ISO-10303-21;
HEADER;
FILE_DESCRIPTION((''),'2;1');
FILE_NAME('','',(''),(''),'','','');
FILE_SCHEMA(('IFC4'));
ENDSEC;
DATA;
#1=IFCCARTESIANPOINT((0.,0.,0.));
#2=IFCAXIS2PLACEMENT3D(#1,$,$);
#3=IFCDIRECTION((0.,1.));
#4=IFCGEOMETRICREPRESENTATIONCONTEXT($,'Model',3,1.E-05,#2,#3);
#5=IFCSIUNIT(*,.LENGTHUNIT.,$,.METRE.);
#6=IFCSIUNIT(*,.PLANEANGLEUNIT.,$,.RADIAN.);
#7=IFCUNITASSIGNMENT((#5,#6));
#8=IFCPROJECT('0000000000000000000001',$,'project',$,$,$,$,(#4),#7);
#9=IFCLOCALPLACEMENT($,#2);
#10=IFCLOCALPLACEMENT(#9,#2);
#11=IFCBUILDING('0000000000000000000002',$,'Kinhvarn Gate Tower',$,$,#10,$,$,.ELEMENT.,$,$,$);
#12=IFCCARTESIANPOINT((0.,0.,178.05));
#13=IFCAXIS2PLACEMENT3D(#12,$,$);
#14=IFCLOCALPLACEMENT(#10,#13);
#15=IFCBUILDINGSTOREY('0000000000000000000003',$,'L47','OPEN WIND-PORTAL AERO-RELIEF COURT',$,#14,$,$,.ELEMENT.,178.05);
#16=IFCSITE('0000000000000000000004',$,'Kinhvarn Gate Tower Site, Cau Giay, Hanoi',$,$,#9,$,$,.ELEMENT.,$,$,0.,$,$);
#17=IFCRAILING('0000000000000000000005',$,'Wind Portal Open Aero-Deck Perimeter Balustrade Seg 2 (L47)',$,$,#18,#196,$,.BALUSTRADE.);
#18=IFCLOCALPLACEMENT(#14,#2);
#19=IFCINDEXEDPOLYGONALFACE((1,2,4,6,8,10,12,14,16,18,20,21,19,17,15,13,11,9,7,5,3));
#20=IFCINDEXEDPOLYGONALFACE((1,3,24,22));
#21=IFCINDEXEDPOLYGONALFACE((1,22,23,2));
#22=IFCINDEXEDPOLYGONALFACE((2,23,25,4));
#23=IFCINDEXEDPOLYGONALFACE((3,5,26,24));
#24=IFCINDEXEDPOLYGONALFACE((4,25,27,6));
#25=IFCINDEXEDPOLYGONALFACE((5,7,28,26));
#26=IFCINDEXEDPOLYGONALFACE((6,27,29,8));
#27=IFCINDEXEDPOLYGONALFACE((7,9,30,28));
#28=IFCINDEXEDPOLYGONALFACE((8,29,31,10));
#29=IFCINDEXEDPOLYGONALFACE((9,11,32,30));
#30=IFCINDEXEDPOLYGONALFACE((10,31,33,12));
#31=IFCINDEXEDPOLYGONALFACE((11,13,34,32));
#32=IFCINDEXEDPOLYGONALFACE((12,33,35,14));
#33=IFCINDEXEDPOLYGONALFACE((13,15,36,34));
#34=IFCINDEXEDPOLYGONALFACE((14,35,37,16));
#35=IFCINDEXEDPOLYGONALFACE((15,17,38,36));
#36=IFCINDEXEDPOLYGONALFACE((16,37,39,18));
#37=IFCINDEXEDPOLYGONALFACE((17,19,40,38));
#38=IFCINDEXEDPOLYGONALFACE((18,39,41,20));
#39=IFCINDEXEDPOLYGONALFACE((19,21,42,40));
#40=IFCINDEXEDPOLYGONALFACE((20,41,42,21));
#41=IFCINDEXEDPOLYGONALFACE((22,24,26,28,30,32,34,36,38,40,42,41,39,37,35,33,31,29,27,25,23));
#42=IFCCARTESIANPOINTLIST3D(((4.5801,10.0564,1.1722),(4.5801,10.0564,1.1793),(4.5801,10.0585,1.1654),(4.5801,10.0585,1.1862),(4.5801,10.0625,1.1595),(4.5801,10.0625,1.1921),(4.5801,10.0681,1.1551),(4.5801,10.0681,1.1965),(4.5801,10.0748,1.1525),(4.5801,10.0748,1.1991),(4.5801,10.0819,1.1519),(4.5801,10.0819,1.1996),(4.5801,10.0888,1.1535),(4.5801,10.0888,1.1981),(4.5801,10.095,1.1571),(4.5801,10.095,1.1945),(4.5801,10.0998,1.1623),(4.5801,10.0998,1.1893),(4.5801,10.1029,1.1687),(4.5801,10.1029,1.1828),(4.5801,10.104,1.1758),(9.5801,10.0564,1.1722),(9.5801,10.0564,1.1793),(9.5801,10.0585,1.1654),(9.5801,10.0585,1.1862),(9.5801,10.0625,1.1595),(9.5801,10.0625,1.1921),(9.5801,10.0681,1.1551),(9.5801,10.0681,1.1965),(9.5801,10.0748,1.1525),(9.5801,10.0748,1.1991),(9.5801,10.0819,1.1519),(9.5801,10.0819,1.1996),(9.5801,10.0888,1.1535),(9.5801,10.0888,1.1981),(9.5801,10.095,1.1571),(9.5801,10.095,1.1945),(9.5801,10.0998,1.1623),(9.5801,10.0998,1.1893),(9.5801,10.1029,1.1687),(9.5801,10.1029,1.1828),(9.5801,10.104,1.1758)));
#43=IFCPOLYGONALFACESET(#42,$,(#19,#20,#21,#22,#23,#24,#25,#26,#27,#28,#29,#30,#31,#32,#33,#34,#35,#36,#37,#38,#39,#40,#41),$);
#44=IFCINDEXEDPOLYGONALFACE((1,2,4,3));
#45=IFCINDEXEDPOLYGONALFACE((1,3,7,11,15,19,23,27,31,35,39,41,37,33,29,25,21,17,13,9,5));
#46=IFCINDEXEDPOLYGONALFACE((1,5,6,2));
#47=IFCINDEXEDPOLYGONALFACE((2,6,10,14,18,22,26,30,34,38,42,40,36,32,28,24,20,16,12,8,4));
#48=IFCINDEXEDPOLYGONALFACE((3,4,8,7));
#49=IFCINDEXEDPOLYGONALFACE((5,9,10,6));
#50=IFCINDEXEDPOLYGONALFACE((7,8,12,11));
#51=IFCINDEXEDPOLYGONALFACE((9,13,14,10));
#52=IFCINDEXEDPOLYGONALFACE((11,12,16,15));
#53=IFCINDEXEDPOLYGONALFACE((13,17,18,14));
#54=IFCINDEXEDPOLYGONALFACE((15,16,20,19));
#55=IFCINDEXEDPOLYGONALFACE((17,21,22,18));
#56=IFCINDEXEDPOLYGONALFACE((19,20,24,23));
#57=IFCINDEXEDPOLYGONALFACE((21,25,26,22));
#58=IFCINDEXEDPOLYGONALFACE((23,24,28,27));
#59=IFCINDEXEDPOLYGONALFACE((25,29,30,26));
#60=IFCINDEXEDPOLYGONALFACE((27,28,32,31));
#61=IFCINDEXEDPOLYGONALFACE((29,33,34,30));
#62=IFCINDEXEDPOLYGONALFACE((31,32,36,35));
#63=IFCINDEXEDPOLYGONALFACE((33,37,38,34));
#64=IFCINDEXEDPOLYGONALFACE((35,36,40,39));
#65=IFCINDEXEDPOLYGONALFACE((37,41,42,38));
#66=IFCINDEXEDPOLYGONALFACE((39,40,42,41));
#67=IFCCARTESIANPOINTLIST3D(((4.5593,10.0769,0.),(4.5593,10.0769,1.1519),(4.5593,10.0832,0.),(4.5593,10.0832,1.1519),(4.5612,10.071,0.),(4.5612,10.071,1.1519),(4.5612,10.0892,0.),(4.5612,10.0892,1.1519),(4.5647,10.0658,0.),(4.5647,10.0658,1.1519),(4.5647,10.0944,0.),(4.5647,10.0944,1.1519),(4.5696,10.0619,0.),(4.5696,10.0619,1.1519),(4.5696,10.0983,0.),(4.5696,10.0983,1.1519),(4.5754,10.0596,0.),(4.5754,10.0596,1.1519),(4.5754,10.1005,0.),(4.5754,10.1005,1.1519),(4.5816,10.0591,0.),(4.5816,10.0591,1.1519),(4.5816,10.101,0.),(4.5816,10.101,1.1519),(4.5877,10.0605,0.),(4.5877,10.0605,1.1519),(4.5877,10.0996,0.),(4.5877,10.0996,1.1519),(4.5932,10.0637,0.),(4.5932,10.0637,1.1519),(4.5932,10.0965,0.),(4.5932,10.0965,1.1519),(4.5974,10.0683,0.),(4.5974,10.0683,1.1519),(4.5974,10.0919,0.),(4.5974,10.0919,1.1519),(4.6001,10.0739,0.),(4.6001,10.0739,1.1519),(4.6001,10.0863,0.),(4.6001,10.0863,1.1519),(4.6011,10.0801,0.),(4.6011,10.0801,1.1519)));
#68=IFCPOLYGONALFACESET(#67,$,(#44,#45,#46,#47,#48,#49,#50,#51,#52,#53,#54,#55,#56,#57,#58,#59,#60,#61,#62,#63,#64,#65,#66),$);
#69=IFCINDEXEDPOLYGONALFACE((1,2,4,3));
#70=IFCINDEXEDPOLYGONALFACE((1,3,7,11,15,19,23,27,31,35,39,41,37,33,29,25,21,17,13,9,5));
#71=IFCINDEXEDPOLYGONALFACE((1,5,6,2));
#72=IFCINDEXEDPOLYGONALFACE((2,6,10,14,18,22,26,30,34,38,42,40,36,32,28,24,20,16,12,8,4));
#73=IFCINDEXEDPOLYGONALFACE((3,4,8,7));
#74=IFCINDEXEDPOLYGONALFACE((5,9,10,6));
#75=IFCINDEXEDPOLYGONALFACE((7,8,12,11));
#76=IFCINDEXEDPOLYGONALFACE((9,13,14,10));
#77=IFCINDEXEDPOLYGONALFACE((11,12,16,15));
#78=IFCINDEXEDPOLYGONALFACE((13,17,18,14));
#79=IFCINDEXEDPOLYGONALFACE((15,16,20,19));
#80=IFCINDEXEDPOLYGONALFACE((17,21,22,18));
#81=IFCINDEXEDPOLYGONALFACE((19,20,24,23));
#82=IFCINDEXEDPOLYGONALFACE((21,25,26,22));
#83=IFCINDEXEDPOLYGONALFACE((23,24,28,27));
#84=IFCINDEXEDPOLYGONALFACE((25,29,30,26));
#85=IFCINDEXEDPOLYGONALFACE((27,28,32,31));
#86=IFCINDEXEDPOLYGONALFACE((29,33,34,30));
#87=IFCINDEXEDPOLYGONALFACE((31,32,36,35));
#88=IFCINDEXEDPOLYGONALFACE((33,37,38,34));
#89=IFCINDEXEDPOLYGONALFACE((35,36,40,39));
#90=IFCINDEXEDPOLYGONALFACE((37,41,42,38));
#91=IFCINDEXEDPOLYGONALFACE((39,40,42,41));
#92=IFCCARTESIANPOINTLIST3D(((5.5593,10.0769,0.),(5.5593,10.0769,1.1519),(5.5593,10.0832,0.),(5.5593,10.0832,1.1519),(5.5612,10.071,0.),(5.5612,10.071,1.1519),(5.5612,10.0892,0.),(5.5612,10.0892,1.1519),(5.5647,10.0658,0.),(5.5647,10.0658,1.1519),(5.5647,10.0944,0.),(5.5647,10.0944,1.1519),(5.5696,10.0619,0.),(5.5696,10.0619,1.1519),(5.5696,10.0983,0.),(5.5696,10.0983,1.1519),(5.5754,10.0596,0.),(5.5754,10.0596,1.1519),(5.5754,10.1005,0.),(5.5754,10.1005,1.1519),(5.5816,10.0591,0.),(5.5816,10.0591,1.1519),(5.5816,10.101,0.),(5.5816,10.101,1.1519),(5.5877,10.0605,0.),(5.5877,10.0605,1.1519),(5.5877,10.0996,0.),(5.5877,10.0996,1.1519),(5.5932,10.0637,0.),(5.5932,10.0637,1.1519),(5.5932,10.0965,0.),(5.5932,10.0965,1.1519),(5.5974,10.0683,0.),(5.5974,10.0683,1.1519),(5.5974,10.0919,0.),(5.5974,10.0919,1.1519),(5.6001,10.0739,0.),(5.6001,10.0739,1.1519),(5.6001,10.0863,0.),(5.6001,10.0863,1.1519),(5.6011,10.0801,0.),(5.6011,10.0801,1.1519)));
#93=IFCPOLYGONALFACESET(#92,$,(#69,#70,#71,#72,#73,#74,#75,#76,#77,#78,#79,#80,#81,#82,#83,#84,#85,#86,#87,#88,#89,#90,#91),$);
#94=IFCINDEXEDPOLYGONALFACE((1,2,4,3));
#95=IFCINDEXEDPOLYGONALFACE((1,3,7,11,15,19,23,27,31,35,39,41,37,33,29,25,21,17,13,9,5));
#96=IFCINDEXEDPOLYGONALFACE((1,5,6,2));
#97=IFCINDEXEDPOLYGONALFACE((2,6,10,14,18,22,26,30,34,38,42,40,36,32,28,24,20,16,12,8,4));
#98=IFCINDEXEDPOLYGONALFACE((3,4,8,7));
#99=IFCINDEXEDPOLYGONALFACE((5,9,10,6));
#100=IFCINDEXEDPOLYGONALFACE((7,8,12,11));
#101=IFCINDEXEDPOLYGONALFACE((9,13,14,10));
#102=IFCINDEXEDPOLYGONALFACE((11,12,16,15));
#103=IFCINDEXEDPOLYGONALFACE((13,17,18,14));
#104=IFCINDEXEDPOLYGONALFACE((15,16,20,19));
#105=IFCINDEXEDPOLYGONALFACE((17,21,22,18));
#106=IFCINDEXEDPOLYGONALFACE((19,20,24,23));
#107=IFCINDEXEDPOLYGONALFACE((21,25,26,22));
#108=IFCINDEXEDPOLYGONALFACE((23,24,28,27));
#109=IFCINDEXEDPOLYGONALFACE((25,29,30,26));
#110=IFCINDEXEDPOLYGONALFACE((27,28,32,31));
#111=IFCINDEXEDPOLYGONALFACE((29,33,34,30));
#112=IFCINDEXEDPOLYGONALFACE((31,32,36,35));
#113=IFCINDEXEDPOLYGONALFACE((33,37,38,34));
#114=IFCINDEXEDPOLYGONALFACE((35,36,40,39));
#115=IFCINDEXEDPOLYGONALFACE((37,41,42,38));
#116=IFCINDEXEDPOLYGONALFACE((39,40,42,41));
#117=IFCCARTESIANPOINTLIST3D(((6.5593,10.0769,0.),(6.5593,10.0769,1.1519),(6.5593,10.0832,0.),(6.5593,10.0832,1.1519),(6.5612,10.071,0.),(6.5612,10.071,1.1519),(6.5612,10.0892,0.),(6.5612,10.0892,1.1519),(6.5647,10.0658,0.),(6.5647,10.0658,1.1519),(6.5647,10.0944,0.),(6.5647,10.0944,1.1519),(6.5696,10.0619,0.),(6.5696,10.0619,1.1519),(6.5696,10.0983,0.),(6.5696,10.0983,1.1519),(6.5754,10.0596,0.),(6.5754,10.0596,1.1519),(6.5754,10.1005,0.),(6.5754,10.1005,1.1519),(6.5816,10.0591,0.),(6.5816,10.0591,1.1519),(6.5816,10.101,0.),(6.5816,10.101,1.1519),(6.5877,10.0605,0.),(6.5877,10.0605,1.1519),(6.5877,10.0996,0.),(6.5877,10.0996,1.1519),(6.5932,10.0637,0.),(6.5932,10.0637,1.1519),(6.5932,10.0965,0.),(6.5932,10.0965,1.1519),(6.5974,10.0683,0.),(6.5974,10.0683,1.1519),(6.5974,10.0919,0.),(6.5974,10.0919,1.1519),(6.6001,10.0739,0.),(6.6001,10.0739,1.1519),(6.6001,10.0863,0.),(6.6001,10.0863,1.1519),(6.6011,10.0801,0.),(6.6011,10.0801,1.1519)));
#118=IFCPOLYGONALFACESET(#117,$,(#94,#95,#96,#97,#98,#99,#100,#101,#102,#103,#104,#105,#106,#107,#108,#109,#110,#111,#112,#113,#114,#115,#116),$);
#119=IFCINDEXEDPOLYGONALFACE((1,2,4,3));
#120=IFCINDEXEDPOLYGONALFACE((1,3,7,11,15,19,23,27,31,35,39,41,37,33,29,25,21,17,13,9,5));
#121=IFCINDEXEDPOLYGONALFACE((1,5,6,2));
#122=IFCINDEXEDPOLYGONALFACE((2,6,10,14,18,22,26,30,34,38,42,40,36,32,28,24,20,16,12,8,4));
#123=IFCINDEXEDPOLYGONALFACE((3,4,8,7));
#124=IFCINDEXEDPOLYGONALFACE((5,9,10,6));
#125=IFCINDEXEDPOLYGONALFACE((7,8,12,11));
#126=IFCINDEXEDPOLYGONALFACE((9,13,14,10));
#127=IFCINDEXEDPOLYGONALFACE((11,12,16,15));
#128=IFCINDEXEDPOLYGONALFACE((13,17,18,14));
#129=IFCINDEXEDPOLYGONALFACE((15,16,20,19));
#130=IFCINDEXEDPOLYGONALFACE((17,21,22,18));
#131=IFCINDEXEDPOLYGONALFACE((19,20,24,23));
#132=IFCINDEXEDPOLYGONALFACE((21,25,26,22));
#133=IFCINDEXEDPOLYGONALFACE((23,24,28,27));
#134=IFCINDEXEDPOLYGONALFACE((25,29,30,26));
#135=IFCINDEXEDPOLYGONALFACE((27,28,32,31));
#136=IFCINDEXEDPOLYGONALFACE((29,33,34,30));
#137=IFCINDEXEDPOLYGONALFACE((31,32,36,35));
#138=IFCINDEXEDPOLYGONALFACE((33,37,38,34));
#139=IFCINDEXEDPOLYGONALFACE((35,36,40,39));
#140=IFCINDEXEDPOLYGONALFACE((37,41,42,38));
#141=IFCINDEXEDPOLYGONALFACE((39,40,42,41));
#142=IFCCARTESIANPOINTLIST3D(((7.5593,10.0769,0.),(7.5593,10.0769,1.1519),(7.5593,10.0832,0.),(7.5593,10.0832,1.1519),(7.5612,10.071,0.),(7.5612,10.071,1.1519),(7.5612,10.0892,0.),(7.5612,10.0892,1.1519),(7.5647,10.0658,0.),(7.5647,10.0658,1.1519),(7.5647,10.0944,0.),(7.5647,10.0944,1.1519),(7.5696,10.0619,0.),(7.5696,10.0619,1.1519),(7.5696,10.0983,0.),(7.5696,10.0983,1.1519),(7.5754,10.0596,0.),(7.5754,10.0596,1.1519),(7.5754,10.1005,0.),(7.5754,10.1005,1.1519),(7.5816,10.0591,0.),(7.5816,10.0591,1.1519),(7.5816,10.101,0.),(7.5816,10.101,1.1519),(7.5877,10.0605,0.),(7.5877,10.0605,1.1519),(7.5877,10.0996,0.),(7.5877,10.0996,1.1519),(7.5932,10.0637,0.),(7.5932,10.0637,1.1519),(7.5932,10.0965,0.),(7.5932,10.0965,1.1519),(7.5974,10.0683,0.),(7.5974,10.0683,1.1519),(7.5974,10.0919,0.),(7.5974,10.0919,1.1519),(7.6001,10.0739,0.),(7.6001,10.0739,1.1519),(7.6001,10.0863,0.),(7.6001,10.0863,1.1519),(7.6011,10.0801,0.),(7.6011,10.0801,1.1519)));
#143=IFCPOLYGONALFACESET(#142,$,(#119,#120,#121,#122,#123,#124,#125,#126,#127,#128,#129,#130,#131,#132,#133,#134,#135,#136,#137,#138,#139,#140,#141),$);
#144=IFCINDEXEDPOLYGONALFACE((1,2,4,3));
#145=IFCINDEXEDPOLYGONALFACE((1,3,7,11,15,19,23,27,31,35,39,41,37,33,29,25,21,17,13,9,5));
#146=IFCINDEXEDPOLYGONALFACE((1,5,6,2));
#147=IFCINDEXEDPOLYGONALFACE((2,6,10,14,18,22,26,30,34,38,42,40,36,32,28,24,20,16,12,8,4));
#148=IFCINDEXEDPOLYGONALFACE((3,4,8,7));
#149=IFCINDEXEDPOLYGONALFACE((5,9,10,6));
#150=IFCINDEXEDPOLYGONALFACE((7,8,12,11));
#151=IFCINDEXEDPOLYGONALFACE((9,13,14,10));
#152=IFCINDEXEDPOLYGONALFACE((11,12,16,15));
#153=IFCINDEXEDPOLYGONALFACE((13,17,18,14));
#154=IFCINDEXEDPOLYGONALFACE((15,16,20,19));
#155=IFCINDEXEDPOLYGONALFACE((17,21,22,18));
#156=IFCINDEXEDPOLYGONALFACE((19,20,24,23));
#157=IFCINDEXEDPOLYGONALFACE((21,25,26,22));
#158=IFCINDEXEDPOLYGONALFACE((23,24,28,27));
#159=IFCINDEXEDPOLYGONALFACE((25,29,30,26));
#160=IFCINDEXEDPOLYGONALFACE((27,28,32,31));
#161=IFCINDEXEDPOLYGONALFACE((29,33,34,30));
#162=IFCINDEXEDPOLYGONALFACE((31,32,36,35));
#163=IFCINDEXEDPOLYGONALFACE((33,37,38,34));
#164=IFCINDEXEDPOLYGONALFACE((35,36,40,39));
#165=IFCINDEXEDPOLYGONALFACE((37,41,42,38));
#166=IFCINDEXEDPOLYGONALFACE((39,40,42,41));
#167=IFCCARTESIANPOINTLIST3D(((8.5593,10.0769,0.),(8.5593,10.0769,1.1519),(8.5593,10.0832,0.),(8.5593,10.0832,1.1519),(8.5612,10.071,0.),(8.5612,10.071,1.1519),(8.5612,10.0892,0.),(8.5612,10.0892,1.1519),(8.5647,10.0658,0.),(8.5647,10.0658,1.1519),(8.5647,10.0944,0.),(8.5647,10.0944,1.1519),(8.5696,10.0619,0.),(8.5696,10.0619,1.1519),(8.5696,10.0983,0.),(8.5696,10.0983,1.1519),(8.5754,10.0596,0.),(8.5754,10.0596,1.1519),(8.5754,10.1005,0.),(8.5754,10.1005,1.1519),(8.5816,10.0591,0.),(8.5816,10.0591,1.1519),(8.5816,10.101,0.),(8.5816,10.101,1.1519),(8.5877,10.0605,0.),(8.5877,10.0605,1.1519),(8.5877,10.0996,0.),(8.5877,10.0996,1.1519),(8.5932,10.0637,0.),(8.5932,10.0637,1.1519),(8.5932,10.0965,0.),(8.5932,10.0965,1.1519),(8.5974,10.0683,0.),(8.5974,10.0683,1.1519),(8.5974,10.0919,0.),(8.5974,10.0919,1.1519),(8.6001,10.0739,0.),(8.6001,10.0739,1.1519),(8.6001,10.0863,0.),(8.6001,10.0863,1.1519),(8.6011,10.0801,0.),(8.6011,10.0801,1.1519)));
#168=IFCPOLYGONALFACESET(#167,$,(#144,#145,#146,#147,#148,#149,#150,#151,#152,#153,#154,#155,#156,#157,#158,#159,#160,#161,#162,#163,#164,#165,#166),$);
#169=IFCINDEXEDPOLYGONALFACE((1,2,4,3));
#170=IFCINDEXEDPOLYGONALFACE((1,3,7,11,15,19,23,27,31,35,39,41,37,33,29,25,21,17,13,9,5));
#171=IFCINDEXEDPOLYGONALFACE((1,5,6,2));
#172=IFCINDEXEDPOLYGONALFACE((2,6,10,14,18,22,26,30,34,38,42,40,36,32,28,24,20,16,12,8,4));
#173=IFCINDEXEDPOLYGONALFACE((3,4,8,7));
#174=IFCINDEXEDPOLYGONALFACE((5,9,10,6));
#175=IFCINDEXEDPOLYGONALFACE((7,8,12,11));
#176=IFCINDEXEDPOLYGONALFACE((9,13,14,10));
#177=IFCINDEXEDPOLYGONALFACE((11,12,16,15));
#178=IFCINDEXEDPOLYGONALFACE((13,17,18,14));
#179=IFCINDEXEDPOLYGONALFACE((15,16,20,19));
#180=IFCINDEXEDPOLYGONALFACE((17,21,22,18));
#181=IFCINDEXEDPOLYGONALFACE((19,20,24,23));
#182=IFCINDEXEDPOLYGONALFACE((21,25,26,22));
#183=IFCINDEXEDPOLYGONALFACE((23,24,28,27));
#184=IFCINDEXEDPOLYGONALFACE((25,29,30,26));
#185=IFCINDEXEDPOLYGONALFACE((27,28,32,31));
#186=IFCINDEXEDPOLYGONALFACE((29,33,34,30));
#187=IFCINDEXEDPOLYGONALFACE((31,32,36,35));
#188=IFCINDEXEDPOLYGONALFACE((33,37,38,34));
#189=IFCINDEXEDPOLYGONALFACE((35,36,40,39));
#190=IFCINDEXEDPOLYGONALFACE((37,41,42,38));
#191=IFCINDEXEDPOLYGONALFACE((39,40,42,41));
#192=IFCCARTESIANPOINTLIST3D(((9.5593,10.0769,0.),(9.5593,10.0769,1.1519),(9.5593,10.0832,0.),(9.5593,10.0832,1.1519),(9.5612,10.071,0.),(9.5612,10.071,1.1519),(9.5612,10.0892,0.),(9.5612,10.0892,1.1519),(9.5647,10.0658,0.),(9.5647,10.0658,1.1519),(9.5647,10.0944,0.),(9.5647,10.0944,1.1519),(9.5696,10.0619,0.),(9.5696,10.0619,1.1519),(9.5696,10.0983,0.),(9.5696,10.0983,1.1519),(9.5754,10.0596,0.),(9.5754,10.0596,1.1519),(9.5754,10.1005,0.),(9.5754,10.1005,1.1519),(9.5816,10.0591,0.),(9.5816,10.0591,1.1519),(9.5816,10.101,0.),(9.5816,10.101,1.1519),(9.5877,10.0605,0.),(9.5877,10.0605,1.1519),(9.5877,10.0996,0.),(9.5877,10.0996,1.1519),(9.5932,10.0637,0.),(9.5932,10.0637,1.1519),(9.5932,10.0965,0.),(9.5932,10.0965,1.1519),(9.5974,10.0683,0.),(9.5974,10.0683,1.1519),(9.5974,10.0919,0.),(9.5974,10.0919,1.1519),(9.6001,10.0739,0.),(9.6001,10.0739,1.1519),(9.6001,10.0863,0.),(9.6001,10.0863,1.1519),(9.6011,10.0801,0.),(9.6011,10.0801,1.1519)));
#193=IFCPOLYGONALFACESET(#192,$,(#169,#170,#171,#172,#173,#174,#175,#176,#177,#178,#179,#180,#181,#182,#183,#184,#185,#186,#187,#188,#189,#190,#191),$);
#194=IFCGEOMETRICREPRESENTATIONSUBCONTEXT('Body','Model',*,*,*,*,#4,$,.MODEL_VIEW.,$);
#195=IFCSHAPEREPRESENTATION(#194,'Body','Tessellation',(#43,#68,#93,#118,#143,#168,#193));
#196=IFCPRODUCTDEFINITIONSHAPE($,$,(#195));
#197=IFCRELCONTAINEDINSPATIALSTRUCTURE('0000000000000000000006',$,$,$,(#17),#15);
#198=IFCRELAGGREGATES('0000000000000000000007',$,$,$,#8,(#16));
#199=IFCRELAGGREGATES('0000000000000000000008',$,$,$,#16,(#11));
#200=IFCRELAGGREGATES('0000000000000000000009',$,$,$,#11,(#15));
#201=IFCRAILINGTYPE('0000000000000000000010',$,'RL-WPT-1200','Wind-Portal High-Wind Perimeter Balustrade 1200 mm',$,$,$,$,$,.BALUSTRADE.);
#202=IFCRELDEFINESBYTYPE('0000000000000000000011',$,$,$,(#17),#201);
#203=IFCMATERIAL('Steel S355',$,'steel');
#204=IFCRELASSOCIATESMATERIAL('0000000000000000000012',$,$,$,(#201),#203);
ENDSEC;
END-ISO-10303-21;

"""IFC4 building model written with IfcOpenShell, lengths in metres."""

from ifc_helpers import new_model, si_unit, direction, frame, origin, origin_2d, place, context, subcontext, project, spatial, circle, extrude, material, type_object, element, save


model = new_model("IFC4")

# Units and contexts
model_context = context("Model", 3, precision=1e-05, world=origin(), true_north=direction((0.0, 1.0)))
body_context = subcontext(model_context, "Body", "Model", "MODEL_VIEW")
ifc_project = project(units=[si_unit("LENGTHUNIT", "METRE"), si_unit("PLANEANGLEUNIT", "RADIAN")], contexts=[model_context])

# Site, building, storey
site_placement = place(None, origin())
site = spatial("IfcSite", under=ifc_project, at=site_placement, Name="Kinhvarn Gate Tower Site, Cau Giay, Hanoi", CompositionType="ELEMENT", RefElevation=0.0)
building_placement = place(site_placement, origin())
building = spatial("IfcBuilding", under=site, at=building_placement, Name="Kinhvarn Gate Tower", CompositionType="ELEMENT")
storey_placement = place(building_placement, frame((0.0, 0.0, 178.05)))
storey = spatial("IfcBuildingStorey", under=building, at=storey_placement, Name="L47", Description="OPEN WIND-PORTAL AERO-RELIEF COURT", CompositionType="ELEMENT", Elevation=178.05)

# Shared definitions
ifc_material_1 = material(Name="Steel S355", Category="steel")

# Railing
railing_type = type_object("IfcRailingType", Name="RL-WPT-1200", Description="Wind-Portal High-Wind Perimeter Balustrade 1200 mm", PredefinedType="BALUSTRADE", material=ifc_material_1)
railing_1_placement = place(storey_placement, frame((4.5801, 10.0801, 0.0)))
element("IfcRailing", 1, at=railing_1_placement, inside=storey, type_object=railing_type, Name="Wind Portal Open Aero-Deck Perimeter Balustrade Seg 2 (L47)", PredefinedType="BALUSTRADE", context=body_context, shape_type="SweptSolid", body=[
    extrude(circle(Radius=0.0239, at=origin_2d()), frame((0.0, 0.0, 1.1758), z_axis=(1.0, 0.0, 0.0), x_axis=(0.0, 1.0, 0.0)), (0.0, 0.0, 1.0), 5.0),
    extrude(circle(Radius=0.021, at=origin_2d()), origin(), (0.0, 0.0, 1.0), 1.1519),
    extrude(circle(Radius=0.021, at=origin_2d()), frame((1.0, 0.0, 0.0)), (0.0, 0.0, 1.0), 1.1519),
    extrude(circle(Radius=0.021, at=origin_2d()), frame((2.0, 0.0, 0.0)), (0.0, 0.0, 1.0), 1.1519),
    extrude(circle(Radius=0.021, at=origin_2d()), frame((3.0, 0.0, 0.0)), (0.0, 0.0, 1.0), 1.1519),
    extrude(circle(Radius=0.021, at=origin_2d()), frame((4.0, 0.0, 0.0)), (0.0, 0.0, 1.0), 1.1519),
    extrude(circle(Radius=0.021, at=origin_2d()), frame((5.0, 0.0, 0.0)), (0.0, 0.0, 1.0), 1.1519),
])

save(model, "model.ifc")
